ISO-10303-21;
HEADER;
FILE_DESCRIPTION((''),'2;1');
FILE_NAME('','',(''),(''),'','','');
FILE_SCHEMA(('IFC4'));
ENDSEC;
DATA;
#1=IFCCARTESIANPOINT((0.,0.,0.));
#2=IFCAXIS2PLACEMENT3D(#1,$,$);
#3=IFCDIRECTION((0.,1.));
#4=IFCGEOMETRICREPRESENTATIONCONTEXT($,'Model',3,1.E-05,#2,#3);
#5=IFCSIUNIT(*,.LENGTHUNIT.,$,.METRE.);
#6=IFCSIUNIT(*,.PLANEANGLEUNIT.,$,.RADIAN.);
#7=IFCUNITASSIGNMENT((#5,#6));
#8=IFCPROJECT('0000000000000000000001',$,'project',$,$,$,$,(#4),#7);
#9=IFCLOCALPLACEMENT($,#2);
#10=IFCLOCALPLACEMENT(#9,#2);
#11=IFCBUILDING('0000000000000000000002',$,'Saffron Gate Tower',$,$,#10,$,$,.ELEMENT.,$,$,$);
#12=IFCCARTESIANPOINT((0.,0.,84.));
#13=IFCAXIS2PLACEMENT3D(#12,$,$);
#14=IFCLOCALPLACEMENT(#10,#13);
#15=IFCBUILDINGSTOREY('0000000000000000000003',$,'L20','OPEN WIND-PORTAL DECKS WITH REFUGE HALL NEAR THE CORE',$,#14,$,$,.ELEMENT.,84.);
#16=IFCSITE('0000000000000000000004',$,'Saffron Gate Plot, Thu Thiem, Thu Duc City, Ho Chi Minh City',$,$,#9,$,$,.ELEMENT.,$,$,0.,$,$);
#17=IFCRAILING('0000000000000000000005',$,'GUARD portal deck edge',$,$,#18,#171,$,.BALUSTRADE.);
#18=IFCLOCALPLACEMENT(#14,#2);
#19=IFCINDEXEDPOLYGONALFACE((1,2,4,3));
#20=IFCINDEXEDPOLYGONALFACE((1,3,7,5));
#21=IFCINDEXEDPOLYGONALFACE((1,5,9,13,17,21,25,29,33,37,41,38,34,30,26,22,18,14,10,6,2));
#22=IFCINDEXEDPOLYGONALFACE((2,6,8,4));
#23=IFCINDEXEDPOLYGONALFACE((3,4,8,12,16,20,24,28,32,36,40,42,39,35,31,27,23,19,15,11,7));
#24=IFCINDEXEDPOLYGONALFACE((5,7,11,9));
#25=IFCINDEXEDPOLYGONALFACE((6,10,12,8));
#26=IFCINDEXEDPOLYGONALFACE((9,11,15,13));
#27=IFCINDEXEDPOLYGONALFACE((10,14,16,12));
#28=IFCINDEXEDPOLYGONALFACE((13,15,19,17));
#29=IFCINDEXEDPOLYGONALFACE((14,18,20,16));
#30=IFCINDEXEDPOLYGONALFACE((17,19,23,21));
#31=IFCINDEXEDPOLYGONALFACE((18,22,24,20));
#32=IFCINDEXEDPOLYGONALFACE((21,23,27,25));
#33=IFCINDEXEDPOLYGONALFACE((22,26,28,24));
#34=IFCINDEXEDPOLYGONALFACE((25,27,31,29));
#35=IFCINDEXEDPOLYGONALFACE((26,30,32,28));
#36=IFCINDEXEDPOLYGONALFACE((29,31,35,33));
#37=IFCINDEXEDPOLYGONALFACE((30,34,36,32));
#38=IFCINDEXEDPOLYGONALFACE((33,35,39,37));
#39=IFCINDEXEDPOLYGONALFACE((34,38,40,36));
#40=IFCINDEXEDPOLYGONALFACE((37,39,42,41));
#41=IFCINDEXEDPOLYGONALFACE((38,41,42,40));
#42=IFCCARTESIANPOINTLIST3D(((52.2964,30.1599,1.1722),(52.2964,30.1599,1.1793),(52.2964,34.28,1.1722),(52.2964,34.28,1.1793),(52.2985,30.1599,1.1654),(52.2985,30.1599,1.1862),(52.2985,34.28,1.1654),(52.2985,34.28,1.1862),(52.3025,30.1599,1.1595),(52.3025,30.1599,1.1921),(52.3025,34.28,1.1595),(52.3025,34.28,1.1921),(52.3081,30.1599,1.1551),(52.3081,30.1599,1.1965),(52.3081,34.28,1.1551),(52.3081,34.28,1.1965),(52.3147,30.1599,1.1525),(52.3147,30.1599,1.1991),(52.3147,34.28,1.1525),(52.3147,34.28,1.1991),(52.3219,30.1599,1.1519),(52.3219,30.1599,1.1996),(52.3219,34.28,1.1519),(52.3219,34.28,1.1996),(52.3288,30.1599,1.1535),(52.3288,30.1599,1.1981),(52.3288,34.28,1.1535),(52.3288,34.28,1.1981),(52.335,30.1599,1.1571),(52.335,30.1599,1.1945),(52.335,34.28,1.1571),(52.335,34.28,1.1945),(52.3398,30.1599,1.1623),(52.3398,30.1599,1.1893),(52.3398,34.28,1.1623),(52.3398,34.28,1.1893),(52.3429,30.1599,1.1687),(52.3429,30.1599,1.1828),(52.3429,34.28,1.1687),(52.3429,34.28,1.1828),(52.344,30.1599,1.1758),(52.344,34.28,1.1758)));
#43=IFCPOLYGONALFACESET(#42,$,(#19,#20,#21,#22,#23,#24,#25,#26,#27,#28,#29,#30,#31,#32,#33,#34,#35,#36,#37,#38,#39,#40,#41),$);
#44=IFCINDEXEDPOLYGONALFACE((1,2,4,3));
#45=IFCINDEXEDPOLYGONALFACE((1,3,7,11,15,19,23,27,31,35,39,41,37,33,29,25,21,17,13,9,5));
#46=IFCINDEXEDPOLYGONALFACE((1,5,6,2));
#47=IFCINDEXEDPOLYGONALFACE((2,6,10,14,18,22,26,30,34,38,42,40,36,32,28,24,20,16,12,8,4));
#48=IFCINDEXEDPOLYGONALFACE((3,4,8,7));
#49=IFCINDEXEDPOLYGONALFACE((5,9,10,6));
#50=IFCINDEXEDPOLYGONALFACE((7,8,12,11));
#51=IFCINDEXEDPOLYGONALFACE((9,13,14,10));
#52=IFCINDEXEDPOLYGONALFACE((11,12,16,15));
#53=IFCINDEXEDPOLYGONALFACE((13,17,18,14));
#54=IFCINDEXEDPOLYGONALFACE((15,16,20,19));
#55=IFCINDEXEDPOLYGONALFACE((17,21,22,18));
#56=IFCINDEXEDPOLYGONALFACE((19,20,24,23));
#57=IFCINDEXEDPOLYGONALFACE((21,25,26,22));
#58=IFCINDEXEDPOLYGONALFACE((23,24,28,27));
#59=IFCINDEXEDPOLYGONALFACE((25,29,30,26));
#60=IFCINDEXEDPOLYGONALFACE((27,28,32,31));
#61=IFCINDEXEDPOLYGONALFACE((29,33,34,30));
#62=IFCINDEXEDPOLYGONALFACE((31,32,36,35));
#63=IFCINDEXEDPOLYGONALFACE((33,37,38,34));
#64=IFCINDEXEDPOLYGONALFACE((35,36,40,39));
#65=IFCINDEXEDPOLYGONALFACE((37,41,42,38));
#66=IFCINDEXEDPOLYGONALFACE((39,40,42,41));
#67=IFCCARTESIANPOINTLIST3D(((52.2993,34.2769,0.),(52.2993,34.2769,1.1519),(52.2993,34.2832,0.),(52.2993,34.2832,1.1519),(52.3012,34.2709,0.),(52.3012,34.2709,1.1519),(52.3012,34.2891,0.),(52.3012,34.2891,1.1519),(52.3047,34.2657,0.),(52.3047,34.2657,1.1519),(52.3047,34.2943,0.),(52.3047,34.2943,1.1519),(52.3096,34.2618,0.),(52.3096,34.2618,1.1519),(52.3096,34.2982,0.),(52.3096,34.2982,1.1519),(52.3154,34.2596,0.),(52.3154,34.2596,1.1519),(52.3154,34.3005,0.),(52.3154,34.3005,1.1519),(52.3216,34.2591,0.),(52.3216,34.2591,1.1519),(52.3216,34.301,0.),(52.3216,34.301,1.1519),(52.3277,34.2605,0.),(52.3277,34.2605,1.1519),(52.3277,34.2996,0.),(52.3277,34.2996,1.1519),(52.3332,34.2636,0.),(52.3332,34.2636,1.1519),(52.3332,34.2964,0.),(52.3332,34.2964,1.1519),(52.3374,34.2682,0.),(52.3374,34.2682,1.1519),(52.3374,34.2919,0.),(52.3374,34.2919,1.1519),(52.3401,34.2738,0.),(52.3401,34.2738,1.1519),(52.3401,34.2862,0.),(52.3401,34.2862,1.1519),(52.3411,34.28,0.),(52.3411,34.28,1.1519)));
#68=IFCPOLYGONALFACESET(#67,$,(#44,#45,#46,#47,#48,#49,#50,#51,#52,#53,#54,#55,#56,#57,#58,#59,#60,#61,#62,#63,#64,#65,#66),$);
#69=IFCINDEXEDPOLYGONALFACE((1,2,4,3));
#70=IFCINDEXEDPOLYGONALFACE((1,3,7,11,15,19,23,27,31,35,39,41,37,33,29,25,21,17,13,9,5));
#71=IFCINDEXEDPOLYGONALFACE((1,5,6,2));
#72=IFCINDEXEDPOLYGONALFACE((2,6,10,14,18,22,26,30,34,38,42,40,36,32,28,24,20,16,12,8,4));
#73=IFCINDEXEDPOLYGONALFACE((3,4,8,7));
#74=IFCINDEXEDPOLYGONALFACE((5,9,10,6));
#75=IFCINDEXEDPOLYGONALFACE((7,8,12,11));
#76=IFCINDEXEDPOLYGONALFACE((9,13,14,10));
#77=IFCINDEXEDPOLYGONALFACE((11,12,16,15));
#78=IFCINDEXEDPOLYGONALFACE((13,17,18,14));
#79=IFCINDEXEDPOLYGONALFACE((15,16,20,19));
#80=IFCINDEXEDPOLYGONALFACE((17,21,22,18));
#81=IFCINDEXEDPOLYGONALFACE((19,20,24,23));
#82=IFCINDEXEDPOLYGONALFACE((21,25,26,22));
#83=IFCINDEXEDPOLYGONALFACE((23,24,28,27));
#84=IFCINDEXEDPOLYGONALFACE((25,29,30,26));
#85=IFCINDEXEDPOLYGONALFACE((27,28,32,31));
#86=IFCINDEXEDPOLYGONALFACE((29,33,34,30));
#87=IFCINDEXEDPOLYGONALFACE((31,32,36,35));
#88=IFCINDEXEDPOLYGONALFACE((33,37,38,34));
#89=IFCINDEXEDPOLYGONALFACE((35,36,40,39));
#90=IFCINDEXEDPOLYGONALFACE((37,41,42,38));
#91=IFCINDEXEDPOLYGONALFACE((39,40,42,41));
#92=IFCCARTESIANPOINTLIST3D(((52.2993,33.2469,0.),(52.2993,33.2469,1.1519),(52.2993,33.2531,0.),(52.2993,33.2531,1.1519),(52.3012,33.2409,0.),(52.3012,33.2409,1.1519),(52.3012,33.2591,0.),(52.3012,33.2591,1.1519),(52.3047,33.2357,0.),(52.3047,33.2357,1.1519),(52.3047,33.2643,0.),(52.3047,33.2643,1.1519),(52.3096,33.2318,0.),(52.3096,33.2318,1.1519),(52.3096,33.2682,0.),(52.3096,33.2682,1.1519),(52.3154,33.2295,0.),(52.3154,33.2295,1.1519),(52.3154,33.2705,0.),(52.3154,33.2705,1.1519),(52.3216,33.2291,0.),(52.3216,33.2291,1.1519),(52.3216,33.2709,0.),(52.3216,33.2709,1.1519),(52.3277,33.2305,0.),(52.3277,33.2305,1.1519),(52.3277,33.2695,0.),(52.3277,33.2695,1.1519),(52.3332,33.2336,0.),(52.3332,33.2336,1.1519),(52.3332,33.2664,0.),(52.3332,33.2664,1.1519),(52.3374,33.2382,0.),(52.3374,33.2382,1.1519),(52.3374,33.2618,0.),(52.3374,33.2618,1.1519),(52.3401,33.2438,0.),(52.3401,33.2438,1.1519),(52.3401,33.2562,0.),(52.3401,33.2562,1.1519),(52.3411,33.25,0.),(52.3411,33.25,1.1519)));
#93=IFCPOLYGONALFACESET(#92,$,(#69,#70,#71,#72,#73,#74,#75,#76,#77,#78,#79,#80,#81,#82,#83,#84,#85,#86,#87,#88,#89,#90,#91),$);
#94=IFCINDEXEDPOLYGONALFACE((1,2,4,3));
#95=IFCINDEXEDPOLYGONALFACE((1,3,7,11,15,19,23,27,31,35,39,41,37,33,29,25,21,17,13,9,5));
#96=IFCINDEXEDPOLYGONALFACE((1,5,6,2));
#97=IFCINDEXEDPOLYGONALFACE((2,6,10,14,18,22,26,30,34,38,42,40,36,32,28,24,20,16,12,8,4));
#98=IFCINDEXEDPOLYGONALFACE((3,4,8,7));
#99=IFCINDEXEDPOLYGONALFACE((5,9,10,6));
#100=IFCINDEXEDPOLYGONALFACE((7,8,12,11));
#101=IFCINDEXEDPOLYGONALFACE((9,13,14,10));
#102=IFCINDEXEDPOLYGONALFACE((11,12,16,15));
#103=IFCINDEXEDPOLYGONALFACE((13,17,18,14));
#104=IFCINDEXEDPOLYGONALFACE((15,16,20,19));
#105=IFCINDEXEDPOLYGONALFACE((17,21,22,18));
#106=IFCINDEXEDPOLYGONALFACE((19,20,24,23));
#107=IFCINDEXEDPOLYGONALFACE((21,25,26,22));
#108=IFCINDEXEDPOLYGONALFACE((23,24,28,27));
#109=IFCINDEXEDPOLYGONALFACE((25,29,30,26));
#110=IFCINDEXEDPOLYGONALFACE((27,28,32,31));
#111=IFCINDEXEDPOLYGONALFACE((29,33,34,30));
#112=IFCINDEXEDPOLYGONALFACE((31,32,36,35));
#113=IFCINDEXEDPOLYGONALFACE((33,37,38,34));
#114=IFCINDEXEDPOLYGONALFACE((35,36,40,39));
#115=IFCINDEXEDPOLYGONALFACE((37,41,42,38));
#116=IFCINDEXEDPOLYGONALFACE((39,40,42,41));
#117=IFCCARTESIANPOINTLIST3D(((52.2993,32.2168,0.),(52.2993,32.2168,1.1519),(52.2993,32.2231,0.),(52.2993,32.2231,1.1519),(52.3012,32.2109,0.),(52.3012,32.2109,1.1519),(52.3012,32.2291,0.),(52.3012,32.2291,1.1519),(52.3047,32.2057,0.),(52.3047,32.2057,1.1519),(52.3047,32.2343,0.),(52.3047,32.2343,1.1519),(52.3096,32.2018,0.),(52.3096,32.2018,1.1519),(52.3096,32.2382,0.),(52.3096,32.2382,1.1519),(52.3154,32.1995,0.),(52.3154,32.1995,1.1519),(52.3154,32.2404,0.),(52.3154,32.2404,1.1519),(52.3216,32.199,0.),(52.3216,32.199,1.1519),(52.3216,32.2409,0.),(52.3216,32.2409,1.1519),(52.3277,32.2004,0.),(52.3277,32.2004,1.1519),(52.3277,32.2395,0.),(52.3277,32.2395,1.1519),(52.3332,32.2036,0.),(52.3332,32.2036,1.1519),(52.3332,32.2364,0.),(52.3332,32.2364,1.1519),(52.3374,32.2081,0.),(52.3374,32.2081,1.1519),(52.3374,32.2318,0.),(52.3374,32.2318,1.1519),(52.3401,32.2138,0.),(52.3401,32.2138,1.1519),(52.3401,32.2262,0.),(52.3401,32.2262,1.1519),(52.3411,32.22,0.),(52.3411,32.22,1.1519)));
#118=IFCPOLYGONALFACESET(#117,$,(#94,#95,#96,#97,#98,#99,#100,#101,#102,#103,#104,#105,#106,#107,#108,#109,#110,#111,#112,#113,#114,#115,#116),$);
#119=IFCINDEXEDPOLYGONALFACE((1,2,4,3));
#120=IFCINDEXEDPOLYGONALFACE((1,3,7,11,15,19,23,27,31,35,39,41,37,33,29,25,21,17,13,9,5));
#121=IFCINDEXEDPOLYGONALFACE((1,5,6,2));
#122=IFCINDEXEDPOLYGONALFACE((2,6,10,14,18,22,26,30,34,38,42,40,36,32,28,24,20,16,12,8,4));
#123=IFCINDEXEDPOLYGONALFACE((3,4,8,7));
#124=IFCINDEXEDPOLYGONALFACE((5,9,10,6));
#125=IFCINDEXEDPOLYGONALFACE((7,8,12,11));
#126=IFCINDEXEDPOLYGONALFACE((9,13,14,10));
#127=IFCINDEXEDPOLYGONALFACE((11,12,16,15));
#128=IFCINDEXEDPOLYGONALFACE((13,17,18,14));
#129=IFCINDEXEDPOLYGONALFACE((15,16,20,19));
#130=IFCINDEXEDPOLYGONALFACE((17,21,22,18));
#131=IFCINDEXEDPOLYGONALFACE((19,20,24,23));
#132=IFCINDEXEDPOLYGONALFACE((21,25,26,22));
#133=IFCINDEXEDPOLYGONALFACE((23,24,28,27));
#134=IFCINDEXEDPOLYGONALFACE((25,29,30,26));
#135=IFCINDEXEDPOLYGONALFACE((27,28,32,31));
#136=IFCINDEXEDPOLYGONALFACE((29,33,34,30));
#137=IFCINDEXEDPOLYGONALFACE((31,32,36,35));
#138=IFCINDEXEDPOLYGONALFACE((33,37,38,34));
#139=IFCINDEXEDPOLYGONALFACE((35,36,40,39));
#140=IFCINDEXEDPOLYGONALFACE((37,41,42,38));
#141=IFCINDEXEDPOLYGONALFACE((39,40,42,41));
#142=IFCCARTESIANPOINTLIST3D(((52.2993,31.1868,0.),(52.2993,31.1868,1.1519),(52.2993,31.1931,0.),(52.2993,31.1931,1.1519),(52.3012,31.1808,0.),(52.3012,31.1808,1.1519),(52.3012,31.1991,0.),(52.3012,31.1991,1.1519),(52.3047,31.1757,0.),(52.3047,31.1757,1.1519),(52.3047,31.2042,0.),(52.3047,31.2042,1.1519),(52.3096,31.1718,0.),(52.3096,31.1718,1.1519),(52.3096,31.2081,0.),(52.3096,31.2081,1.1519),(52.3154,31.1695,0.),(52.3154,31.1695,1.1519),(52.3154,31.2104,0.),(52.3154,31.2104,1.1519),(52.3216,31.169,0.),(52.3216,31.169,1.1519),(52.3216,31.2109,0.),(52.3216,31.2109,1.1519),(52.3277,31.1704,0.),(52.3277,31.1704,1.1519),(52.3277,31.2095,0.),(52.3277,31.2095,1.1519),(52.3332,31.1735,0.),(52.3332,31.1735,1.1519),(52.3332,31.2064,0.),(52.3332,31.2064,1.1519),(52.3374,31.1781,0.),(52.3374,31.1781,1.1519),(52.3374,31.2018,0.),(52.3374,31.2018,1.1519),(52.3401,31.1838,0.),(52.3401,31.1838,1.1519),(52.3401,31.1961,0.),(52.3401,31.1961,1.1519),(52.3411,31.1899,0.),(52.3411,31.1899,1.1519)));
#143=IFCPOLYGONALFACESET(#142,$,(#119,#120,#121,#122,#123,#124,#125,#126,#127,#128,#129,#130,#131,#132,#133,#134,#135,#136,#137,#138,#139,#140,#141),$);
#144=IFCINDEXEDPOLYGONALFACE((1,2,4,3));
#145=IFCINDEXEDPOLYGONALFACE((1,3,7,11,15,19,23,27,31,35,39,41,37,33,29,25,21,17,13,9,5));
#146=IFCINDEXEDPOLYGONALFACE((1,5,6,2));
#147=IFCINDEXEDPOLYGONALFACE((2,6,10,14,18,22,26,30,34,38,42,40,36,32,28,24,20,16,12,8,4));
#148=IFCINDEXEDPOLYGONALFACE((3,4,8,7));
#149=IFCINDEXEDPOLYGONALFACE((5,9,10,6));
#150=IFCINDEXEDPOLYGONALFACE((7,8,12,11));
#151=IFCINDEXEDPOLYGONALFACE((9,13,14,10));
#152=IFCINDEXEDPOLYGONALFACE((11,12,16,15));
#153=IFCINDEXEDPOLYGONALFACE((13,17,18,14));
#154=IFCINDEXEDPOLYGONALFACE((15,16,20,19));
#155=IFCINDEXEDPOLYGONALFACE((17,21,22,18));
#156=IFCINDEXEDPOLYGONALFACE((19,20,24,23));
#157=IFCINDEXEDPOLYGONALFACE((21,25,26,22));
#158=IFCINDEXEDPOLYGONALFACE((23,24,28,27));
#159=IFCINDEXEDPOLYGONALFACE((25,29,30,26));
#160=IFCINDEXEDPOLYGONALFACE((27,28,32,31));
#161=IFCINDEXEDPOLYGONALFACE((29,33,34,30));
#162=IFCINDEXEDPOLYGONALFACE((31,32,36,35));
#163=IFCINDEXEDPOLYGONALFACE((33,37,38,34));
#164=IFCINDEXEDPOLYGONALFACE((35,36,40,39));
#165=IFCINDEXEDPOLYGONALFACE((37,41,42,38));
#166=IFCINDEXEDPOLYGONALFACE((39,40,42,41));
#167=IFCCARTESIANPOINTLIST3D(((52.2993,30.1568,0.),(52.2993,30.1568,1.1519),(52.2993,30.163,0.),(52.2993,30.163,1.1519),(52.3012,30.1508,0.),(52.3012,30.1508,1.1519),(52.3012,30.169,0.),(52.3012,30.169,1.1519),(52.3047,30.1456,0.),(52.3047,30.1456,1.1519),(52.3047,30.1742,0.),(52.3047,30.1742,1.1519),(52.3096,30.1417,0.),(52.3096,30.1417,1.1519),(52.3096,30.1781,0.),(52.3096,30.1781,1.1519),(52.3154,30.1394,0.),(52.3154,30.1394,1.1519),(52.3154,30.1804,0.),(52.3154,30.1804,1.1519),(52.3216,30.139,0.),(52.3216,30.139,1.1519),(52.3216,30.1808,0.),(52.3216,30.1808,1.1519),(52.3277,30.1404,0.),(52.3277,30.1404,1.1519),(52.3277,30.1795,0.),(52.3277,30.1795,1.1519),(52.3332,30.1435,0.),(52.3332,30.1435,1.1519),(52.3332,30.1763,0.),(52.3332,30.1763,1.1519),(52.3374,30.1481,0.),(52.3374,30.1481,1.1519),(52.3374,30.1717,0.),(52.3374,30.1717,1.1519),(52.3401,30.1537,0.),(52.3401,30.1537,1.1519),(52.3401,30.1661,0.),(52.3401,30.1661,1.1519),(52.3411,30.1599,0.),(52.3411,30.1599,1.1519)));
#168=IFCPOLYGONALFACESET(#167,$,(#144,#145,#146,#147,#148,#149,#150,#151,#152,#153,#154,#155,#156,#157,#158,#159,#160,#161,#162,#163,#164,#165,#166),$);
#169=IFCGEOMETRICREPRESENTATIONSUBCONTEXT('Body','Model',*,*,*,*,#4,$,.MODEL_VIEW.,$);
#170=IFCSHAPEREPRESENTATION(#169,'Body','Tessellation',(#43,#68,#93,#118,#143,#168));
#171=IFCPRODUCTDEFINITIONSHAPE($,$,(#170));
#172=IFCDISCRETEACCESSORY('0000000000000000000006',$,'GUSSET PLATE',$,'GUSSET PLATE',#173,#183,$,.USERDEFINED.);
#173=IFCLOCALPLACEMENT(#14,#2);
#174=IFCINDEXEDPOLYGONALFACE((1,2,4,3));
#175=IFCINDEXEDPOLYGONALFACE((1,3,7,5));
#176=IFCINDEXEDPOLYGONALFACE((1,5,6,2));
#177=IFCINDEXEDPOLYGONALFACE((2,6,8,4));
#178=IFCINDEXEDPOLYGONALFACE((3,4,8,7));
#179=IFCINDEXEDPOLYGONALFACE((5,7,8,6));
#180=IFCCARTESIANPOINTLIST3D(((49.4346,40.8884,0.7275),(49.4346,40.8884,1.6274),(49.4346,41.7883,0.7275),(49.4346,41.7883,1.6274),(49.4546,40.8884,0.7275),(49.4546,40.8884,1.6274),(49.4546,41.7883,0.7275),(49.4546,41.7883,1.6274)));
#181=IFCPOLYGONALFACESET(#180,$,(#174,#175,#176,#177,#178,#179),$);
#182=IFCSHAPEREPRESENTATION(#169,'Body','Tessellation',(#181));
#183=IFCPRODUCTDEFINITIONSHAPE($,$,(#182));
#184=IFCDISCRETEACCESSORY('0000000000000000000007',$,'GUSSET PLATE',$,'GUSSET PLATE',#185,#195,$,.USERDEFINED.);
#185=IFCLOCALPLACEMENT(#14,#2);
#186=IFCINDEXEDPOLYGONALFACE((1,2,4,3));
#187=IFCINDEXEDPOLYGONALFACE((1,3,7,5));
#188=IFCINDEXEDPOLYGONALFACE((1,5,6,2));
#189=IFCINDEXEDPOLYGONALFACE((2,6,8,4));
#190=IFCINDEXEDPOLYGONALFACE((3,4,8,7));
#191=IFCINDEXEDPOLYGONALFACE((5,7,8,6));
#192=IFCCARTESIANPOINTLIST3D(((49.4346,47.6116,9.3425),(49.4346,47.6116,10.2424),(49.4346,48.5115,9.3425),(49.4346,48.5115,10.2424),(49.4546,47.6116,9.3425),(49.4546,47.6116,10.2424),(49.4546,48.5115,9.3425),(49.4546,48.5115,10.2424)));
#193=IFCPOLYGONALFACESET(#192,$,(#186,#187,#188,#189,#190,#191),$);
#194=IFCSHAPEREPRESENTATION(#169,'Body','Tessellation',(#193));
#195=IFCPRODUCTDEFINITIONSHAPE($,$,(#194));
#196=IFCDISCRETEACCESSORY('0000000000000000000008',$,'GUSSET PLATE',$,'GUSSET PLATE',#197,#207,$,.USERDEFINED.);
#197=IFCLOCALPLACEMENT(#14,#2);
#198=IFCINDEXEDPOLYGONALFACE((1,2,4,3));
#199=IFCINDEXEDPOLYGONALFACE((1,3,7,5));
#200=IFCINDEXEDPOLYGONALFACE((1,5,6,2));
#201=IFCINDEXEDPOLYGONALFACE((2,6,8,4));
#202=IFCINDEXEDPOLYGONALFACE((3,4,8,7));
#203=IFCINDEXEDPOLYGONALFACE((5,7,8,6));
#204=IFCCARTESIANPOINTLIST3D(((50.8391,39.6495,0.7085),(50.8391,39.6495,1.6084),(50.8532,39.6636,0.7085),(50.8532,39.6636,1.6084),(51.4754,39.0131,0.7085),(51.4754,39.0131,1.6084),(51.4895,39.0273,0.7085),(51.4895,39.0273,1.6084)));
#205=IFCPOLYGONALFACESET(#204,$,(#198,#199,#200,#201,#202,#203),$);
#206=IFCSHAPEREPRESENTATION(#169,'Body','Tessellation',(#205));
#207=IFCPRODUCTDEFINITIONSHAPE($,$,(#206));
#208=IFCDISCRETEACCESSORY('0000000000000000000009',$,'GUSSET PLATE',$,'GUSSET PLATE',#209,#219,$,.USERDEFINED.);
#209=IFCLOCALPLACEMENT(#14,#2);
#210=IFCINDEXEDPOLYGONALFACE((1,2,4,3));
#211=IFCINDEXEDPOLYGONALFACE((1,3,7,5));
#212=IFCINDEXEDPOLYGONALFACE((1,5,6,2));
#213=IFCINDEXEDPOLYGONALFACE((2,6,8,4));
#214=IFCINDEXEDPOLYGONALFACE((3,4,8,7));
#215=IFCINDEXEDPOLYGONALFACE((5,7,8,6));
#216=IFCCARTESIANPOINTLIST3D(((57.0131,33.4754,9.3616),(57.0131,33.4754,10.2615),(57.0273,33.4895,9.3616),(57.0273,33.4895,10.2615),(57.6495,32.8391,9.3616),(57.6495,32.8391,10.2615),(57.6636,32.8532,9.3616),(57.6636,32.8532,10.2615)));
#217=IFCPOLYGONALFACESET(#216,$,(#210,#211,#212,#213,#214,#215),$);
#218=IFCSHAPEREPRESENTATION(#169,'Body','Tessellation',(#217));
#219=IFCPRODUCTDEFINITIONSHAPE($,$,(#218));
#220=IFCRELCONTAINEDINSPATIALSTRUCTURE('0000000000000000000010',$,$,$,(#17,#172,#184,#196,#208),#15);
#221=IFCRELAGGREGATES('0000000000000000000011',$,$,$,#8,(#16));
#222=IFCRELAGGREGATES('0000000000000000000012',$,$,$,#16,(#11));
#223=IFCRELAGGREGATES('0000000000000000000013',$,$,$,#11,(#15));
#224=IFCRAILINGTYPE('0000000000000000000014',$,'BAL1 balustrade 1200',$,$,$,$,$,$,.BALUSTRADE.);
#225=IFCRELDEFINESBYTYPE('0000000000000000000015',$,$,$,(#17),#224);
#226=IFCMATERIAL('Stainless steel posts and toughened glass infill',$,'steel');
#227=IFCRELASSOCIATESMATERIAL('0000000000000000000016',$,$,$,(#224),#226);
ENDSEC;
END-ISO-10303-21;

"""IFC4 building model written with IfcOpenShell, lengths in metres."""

from ifc_helpers import new_model, si_unit, direction, frame, origin, origin_2d, place, context, subcontext, project, spatial, rectangle, circle, extrude, material, type_object, element, save


model = new_model("IFC4")

# Units and contexts
model_context = context("Model", 3, precision=1e-05, world=origin(), true_north=direction((0.0, 1.0)))
body_context = subcontext(model_context, "Body", "Model", "MODEL_VIEW")
ifc_project = project(units=[si_unit("LENGTHUNIT", "METRE"), si_unit("PLANEANGLEUNIT", "RADIAN")], contexts=[model_context])

# Site, building, storey
site_placement = place(None, origin())
site = spatial("IfcSite", under=ifc_project, at=site_placement, Name="Saffron Gate Plot, Thu Thiem, Thu Duc City, Ho Chi Minh City", CompositionType="ELEMENT", RefElevation=0.0)
building_placement = place(site_placement, origin())
building = spatial("IfcBuilding", under=site, at=building_placement, Name="Saffron Gate Tower", CompositionType="ELEMENT")
storey_placement = place(building_placement, frame((0.0, 0.0, 84.0)))
storey = spatial("IfcBuildingStorey", under=building, at=storey_placement, Name="L20", Description="OPEN WIND-PORTAL DECKS WITH REFUGE HALL NEAR THE CORE", CompositionType="ELEMENT", Elevation=84.0)

# Railing
ifc_material_1 = material(Name="Stainless steel posts and toughened glass infill", Category="steel")
railing_type = type_object("IfcRailingType", Name="BAL1 balustrade 1200", PredefinedType="BALUSTRADE", material=ifc_material_1)
railing_1_placement = place(storey_placement, frame((52.3201, 34.28, 0.0)))
element("IfcRailing", 1, at=railing_1_placement, inside=storey, type_object=railing_type, Name="GUARD portal deck edge", PredefinedType="BALUSTRADE", context=body_context, shape_type="SweptSolid", body=[
    extrude(circle(Radius=0.0239, at=origin_2d()), frame((0.0, 0.0, 1.1758), z_axis=(0.0, -1.0, 0.0), x_axis=(1.0, 0.0, 0.0)), (0.0, 0.0, 1.0), 4.1201),
    extrude(circle(Radius=0.021, at=origin_2d()), origin(), (0.0, 0.0, 1.0), 1.1519),
    extrude(circle(Radius=0.021, at=origin_2d()), frame((0.0, -1.03, 0.0)), (0.0, 0.0, 1.0), 1.1519),
    extrude(circle(Radius=0.021, at=origin_2d()), frame((0.0, -2.0601, 0.0)), (0.0, 0.0, 1.0), 1.1519),
    extrude(circle(Radius=0.021, at=origin_2d()), frame((0.0, -3.0901, 0.0)), (0.0, 0.0, 1.0), 1.1519),
    extrude(circle(Radius=0.021, at=origin_2d()), frame((0.0, -4.1201, 0.0)), (0.0, 0.0, 1.0), 1.1519),
])

# Discrete accessories
for number, where, z_axis, x_axis, name in (
    (2, (49.4446, 41.3384, 0.7275), (0.0, 0.0, 1.0), (0.0, 1.0, 0.0), "GUSSET PLATE"),
    (3, (49.4446, 48.0615, 9.3425), (0.0, 0.0, 1.0), (0.0, 1.0, 0.0), "GUSSET PLATE"),
    (4, (51.1643, 39.3384, 0.7085), (0.0, 0.0, 1.0), (0.707107, -0.707107, 0.0), "GUSSET PLATE"),
    (5, (57.3384, 33.1643, 9.3616), (0.0, 0.0, 1.0), (0.707107, -0.707107, 0.0), "GUSSET PLATE"),
):
    element("IfcDiscreteAccessory", number, at=place(storey_placement, frame(where, z_axis=z_axis, x_axis=x_axis)), inside=storey, Name=name, ObjectType="GUSSET PLATE", PredefinedType="USERDEFINED", context=body_context, shape_type="SweptSolid", body=[
        extrude(rectangle(XDim=0.8999, YDim=0.02, at=origin_2d()), origin(), (0.0, 0.0, 1.0), 0.8999),
    ])

save(model, "model.ifc")
